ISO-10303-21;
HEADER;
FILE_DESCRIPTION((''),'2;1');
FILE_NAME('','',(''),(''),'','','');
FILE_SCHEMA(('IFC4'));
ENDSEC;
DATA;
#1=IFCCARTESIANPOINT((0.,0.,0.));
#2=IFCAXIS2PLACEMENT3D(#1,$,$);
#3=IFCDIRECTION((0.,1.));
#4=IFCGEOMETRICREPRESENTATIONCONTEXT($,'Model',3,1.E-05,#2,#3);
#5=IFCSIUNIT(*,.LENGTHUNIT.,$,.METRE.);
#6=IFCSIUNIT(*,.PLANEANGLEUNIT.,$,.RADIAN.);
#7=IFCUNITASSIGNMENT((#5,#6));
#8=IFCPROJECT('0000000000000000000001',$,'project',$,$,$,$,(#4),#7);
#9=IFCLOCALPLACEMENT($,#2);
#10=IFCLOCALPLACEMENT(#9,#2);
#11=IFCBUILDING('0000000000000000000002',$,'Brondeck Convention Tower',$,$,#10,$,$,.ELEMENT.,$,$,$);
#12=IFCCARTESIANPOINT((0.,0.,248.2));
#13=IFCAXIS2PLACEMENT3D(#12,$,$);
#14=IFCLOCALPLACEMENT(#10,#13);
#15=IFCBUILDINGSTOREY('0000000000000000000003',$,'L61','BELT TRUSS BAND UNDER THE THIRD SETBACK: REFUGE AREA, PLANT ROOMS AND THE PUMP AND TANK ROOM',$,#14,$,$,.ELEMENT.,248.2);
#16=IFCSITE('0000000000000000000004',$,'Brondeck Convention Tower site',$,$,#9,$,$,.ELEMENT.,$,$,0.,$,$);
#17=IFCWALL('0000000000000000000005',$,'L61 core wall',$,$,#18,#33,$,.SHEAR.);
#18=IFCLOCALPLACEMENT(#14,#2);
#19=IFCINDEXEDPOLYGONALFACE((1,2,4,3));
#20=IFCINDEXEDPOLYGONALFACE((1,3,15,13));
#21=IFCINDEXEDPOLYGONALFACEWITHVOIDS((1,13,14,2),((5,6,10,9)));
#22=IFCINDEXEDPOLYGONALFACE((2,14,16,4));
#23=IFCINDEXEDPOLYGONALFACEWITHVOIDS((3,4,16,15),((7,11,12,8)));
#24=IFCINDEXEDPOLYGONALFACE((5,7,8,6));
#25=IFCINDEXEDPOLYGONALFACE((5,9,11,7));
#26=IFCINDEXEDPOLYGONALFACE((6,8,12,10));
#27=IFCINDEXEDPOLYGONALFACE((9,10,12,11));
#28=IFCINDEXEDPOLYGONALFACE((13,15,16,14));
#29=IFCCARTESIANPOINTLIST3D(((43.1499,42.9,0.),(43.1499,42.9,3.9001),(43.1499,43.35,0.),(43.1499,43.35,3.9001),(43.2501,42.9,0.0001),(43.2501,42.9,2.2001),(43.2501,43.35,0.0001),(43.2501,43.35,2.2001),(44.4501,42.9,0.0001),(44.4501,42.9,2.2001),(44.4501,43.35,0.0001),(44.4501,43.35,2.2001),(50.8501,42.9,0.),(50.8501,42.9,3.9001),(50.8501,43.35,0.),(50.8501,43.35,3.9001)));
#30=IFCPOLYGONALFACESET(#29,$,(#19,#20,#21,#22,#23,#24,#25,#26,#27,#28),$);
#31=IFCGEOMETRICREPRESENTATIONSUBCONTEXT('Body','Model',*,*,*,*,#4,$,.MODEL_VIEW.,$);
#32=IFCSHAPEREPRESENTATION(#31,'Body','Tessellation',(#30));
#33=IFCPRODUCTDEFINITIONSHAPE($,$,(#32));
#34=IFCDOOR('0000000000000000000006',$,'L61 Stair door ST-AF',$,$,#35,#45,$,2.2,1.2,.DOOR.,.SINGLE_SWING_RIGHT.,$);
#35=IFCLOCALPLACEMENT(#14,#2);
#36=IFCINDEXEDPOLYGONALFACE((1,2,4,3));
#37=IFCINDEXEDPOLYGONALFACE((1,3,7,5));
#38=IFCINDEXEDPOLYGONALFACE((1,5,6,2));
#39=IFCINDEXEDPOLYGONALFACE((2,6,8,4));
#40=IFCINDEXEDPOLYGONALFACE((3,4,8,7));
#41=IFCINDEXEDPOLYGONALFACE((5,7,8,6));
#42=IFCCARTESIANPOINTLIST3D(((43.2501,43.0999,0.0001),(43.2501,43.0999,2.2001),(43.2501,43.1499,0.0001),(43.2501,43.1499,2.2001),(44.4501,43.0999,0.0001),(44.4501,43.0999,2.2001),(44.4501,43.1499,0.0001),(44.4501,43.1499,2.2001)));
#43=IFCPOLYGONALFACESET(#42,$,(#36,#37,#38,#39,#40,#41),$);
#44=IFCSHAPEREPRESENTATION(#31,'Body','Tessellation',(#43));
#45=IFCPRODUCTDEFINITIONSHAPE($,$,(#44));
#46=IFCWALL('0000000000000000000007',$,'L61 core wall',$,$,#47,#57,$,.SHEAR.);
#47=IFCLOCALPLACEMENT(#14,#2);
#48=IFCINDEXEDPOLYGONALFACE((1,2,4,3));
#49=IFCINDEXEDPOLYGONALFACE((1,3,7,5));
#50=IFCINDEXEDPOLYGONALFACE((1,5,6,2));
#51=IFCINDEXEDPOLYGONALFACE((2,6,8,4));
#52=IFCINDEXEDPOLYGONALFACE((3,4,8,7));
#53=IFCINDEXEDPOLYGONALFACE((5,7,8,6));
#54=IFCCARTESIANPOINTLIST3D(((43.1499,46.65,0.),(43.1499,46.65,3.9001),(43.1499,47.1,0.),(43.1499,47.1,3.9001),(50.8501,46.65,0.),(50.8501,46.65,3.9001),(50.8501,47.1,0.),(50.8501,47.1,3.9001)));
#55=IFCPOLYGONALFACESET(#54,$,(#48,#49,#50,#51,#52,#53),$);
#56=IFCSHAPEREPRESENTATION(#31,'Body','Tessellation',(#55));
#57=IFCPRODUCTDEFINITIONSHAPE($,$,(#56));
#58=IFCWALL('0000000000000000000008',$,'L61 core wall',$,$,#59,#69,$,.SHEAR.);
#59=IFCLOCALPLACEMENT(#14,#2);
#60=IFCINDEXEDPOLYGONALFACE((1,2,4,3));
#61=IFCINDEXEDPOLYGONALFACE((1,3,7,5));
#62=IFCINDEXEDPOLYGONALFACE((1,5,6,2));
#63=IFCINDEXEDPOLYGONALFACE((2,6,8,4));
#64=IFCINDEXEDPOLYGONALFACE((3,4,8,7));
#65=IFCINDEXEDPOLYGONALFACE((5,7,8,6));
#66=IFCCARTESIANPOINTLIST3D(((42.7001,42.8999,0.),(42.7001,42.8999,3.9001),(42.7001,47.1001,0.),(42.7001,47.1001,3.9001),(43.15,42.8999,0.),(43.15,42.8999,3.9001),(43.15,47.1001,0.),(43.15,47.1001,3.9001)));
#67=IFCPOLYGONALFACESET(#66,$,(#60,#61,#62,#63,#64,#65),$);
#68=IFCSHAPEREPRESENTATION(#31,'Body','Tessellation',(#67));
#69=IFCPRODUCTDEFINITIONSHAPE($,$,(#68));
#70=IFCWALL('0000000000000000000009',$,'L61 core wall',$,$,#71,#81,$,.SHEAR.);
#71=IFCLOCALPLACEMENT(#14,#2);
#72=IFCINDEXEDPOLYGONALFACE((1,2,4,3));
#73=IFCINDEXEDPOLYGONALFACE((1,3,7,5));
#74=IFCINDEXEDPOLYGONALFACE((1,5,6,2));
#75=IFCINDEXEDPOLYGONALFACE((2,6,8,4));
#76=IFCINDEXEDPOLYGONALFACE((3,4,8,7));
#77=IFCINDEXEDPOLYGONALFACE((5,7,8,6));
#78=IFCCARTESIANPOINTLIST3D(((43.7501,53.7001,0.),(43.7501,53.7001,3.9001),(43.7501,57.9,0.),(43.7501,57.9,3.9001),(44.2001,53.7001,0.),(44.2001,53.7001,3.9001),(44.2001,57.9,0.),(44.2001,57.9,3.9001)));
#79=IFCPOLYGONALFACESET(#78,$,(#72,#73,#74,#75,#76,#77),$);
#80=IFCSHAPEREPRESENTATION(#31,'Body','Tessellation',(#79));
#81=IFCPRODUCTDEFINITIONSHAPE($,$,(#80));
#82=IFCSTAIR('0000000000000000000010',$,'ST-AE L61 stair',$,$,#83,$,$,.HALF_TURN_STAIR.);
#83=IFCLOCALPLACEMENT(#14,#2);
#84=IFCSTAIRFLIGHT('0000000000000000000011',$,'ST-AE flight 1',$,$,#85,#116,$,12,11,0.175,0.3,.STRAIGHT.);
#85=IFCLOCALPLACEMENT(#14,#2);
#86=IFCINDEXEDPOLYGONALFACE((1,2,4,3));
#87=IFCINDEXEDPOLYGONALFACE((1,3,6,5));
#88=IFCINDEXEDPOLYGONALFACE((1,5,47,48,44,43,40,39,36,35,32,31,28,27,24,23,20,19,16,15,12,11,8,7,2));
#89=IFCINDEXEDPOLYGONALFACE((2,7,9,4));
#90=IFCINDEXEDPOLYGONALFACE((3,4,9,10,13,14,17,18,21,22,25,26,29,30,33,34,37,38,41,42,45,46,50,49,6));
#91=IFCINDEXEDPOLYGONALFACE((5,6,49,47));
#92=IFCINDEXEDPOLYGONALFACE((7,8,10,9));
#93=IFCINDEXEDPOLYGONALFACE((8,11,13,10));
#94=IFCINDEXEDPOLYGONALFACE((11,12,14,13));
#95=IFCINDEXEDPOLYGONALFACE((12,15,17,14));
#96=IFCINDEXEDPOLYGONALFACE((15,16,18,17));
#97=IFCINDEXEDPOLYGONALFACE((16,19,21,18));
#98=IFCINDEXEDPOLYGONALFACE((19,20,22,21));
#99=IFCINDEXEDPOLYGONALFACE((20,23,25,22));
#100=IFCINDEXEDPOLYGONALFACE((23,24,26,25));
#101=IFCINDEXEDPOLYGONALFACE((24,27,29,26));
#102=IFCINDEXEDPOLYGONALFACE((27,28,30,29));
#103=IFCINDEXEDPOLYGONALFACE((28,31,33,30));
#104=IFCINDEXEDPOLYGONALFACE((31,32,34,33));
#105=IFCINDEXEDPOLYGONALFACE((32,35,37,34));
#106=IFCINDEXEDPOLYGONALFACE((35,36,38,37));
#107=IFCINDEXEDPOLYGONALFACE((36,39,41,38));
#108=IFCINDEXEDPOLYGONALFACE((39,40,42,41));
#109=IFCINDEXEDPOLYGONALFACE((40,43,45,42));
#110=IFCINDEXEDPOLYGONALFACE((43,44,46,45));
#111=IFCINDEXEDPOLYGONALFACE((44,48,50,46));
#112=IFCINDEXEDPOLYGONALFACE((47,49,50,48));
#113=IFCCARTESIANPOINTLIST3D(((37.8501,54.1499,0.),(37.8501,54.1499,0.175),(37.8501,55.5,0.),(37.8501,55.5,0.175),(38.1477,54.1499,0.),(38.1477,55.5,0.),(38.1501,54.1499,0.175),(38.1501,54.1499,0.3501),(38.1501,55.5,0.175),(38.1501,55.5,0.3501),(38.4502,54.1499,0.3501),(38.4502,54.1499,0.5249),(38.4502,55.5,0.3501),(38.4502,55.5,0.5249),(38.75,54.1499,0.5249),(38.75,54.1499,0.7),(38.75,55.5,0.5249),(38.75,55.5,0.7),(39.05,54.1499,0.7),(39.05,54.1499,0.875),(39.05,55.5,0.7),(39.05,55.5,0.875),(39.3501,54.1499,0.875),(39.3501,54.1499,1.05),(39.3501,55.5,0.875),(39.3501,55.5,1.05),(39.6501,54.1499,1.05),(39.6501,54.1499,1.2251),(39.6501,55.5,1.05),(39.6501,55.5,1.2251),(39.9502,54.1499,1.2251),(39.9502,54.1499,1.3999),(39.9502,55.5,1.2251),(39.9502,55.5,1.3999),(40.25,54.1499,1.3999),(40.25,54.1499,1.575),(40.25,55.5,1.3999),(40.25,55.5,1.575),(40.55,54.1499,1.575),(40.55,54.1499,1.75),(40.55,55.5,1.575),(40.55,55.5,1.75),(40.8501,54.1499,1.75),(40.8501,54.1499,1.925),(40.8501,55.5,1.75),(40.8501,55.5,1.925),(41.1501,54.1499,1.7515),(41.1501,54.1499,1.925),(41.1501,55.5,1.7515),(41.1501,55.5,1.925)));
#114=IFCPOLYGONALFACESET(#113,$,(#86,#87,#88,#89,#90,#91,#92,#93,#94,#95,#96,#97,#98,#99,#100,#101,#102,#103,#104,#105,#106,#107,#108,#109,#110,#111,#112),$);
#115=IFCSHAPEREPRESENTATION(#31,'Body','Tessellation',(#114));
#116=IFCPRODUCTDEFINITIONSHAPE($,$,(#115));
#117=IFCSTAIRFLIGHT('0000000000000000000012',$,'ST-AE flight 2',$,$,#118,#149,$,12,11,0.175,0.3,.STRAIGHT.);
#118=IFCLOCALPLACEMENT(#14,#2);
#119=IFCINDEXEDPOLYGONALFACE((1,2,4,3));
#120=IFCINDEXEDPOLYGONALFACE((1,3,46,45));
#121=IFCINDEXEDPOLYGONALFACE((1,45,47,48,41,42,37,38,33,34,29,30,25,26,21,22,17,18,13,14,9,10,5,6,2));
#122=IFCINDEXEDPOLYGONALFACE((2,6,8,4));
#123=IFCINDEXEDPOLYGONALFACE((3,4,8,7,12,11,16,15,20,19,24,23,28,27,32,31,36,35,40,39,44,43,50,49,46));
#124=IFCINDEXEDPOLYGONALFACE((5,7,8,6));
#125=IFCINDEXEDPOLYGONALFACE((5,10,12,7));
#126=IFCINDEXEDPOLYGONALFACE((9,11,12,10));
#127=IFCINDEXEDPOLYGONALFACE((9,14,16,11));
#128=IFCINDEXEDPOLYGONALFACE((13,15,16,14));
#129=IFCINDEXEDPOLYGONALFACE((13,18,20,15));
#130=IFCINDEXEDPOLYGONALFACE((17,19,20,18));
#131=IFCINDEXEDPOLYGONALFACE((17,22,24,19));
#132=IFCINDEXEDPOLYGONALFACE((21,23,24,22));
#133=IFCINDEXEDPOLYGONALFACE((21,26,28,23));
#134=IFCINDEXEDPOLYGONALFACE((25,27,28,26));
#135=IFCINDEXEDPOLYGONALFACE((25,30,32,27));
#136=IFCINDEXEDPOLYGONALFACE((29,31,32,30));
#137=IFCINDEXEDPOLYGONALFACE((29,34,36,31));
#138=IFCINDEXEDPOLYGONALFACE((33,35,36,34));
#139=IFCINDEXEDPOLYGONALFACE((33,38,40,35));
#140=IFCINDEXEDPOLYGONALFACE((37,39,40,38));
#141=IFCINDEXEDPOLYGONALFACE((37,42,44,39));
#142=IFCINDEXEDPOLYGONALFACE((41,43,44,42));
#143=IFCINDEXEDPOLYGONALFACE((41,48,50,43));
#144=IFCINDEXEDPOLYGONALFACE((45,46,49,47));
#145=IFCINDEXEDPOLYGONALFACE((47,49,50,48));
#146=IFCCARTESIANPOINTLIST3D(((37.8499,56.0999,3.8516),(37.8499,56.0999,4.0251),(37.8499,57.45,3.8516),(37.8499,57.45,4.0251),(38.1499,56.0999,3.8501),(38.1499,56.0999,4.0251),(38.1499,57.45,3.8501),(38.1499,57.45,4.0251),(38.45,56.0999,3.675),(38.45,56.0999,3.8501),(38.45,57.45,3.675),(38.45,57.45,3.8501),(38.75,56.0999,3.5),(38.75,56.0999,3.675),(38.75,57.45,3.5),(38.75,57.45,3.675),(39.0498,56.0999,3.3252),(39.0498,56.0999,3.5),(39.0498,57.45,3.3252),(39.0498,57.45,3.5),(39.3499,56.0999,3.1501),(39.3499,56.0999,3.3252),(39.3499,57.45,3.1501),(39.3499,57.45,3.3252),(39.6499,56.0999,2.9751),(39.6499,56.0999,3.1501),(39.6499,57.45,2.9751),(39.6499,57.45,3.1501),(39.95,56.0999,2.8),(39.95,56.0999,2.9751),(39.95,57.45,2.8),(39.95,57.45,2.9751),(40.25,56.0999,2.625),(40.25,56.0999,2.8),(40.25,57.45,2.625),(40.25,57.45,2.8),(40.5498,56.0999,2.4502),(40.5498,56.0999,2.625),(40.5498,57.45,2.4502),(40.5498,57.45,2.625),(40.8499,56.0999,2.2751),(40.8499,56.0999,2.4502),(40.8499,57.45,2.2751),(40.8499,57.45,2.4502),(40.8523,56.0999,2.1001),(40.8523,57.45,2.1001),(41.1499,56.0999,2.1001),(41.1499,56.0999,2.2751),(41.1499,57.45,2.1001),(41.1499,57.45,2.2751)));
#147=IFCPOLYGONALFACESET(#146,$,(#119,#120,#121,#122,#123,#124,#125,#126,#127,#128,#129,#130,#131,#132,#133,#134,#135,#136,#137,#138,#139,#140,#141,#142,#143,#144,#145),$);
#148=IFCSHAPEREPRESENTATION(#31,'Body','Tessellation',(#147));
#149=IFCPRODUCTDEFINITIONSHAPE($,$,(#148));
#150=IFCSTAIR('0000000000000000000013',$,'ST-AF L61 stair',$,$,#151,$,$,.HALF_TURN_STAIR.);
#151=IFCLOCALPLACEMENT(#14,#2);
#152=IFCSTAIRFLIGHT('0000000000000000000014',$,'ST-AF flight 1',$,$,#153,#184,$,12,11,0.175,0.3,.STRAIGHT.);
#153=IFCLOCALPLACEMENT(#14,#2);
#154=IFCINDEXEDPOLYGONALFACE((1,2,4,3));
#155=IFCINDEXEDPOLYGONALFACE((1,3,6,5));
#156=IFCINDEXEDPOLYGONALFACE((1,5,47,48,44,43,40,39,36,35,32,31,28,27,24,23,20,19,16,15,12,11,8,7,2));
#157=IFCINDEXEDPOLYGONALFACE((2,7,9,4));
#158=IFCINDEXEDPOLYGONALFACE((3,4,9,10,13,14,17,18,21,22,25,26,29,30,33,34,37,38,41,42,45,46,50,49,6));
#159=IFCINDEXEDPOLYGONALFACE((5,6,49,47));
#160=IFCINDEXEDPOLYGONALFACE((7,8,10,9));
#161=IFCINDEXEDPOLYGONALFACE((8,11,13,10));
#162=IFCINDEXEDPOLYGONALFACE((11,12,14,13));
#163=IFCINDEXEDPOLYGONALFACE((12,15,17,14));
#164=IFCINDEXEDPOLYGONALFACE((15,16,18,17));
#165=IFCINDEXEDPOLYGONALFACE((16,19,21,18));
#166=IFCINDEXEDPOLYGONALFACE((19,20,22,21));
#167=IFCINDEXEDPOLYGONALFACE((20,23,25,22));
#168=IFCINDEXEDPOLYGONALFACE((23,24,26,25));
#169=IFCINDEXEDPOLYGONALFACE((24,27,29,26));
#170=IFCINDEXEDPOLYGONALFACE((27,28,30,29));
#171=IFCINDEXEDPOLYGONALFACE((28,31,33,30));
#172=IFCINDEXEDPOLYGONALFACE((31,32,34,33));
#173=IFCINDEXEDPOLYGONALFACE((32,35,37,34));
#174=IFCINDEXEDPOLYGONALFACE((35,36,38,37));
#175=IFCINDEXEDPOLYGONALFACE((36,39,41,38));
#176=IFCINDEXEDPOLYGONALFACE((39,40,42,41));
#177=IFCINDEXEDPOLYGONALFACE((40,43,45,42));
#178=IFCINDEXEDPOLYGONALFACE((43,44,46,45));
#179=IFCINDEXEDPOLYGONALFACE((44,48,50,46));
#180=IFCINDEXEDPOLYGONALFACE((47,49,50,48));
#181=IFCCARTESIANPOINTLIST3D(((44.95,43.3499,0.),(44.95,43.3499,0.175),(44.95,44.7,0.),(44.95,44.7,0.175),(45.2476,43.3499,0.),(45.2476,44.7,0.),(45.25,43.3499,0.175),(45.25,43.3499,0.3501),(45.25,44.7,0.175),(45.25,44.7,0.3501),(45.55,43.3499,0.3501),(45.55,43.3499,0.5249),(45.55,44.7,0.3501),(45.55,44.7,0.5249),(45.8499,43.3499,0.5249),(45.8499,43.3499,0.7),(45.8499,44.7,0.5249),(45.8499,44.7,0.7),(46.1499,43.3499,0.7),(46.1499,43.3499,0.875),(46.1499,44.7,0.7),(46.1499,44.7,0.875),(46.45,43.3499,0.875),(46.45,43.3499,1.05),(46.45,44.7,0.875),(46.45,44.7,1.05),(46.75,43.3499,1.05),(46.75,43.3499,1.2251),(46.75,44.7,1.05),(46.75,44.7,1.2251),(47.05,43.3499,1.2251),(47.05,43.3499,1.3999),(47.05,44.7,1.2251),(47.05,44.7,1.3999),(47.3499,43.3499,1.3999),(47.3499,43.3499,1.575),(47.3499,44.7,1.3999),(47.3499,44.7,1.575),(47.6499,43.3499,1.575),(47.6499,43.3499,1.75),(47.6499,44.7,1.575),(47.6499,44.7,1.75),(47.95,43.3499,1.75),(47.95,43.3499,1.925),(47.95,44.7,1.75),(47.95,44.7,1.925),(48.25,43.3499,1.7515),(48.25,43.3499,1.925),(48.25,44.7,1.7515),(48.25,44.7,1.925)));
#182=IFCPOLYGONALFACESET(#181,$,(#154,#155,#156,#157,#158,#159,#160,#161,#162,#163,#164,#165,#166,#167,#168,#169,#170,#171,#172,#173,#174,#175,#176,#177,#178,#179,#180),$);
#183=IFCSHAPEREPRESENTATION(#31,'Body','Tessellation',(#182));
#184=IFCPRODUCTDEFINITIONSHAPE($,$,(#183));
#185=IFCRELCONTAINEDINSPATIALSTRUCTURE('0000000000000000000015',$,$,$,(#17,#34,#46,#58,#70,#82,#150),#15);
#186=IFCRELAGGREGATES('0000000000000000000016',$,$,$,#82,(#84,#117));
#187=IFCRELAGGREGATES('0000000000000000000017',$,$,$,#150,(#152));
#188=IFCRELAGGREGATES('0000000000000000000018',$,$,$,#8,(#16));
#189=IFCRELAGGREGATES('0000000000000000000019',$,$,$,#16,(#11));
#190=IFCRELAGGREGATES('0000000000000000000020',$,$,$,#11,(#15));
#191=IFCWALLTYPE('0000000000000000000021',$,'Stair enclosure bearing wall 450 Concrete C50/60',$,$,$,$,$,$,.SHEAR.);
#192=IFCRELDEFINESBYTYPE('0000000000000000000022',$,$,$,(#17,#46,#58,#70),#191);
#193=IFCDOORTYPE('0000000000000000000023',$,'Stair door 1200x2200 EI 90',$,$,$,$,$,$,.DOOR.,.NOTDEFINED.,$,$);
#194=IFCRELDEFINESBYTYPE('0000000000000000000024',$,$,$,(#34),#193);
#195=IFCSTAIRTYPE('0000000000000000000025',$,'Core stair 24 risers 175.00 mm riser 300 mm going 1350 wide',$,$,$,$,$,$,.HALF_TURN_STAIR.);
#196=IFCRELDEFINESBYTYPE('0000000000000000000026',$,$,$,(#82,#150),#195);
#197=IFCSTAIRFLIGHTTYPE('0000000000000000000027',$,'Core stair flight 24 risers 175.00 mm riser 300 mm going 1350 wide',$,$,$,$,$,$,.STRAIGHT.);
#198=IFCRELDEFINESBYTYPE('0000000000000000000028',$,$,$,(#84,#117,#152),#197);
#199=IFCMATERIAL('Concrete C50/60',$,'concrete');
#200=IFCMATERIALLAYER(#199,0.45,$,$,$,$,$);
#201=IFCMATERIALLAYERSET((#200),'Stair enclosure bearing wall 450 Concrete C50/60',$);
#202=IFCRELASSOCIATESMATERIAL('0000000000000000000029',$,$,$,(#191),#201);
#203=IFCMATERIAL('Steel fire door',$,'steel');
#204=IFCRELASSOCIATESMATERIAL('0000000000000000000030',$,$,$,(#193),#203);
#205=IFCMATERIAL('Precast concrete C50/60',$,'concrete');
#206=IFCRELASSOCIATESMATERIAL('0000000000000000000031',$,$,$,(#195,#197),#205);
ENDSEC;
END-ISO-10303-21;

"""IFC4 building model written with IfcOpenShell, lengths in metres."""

from ifc_helpers import new_model, si_unit, direction, frame, frame_2d, origin, place, context, subcontext, project, spatial, polyline, rectangle, outline, extrude, material, layer, layer_set, type_object, element, fill, aggregate, save


model = new_model("IFC4")

# Units and contexts
model_context = context("Model", 3, precision=1e-05, world=origin(), true_north=direction((0.0, 1.0)))
body_context = subcontext(model_context, "Body", "Model", "MODEL_VIEW")
ifc_project = project(units=[si_unit("LENGTHUNIT", "METRE"), si_unit("PLANEANGLEUNIT", "RADIAN")], contexts=[model_context])

# Site, building, storey
site_placement = place(None, origin())
site = spatial("IfcSite", under=ifc_project, at=site_placement, Name="Brondeck Convention Tower site", CompositionType="ELEMENT", RefElevation=0.0)
building_placement = place(site_placement, origin())
building = spatial("IfcBuilding", under=site, at=building_placement, Name="Brondeck Convention Tower", CompositionType="ELEMENT")
storey_placement = place(building_placement, frame((0.0, 0.0, 248.2)))
storey = spatial("IfcBuildingStorey", under=building, at=storey_placement, Name="L61", Description="BELT TRUSS BAND UNDER THE THIRD SETBACK: REFUGE AREA, PLANT ROOMS AND THE PUMP AND TANK ROOM", CompositionType="ELEMENT", Elevation=248.2)

# Shared definitions
ifc_material_1 = material(Name="Concrete C50/60", Category="concrete")

# Wall, opening, door
ifc_layer_1 = layer(ifc_material_1, 0.45)
ifc_layer_set_1 = layer_set([ifc_layer_1], Name="Stair enclosure bearing wall 450 Concrete C50/60")
wall_type_1 = type_object("IfcWallType", Name="Stair enclosure bearing wall 450 Concrete C50/60", PredefinedType="SHEAR", material=ifc_layer_set_1)
wall_1_placement = place(storey_placement, frame((43.1499, 43.125, 0.0), z_axis=(0.0, 0.0, 1.0), x_axis=(1.0, 0.0, 0.0)))
wall_1 = element("IfcWall", 1, at=wall_1_placement, inside=storey, type_object=wall_type_1, Name="L61 core wall", PredefinedType="SHEAR", context=body_context, shape_type="SweptSolid", body=[
    extrude(rectangle(XDim=7.7002, YDim=0.45, at=frame_2d((3.8501, 0.0))), origin(), (0.0, 0.0, 1.0), 3.9001),
])
opening_placement = place(wall_1_placement, frame((0.1001, 0.0, 0.0)))
opening = element("IfcOpeningElement", 2, at=opening_placement, cuts=wall_1, PredefinedType="OPENING", context=body_context, shape_type="SweptSolid", body=[
    extrude(rectangle(XDim=1.2, YDim=2.2, at=frame_2d((0.6001, 1.1001))), frame((0.0, 0.2349, 0.0), z_axis=(0.0, -1.0, 0.0), x_axis=(1.0, 0.0, 0.0)), (0.0, 0.0, 1.0), 0.47),
])
ifc_material_2 = material(Name="Steel fire door", Category="steel")
door_type = type_object("IfcDoorType", Name="Stair door 1200x2200 EI 90", OperationType="NOTDEFINED", PredefinedType="DOOR", material=ifc_material_2)
door_placement = place(opening_placement, origin())
door = element("IfcDoor", 3, at=door_placement, inside=storey, type_object=door_type, Name="L61 Stair door ST-AF", OperationType="SINGLE_SWING_RIGHT", OverallHeight=2.2, OverallWidth=1.2, PredefinedType="DOOR", context=body_context, shape_type="SweptSolid", body=[
    extrude(rectangle(XDim=1.2, YDim=2.2, at=frame_2d((0.6001, 1.1001))), frame((0.0, 0.0249, 0.0), z_axis=(0.0, -1.0, 0.0), x_axis=(1.0, 0.0, 0.0)), (0.0, 0.0, 1.0), 0.05),
])
fill(opening, door)

# Walls
wall_2_placement = place(storey_placement, frame((43.1499, 46.875, 0.0), z_axis=(0.0, 0.0, 1.0), x_axis=(1.0, 0.0, 0.0)))
element("IfcWall", 4, at=wall_2_placement, inside=storey, type_object=wall_type_1, Name="L61 core wall", PredefinedType="SHEAR", context=body_context, shape_type="SweptSolid", body=[
    extrude(rectangle(XDim=7.7002, YDim=0.45, at=frame_2d((3.8501, 0.0))), origin(), (0.0, 0.0, 1.0), 3.9001),
])
wall_3_placement = place(storey_placement, frame((42.925, 42.8999, 0.0), z_axis=(0.0, 0.0, 1.0), x_axis=(0.0, 1.0, 0.0)))
element("IfcWall", 5, at=wall_3_placement, inside=storey, type_object=wall_type_1, Name="L61 core wall", PredefinedType="SHEAR", context=body_context, shape_type="SweptSolid", body=[
    extrude(rectangle(XDim=4.2002, YDim=0.45, at=frame_2d((2.1001, 0.0))), origin(), (0.0, 0.0, 1.0), 3.9001),
])
wall_4_placement = place(storey_placement, frame((43.9751, 53.7, 0.0), z_axis=(0.0, 0.0, 1.0), x_axis=(0.0, 1.0, 0.0)))
element("IfcWall", 6, at=wall_4_placement, inside=storey, type_object=wall_type_1, Name="L61 core wall", PredefinedType="SHEAR", context=body_context, shape_type="SweptSolid", body=[
    extrude(rectangle(XDim=4.2, YDim=0.45, at=frame_2d((2.1001, 0.0))), origin(), (0.0, 0.0, 1.0), 3.9001),
])

# Stair, stair flights
ifc_material_3 = material(Name="Precast concrete C50/60", Category="concrete")
stair_type = type_object("IfcStairType", Name="Core stair 24 risers 175.00 mm riser 300 mm going 1350 wide", PredefinedType="HALF_TURN_STAIR", material=ifc_material_3)
stair_1_placement = place(storey_placement, origin())
stair_1 = element("IfcStair", 7, at=stair_1_placement, inside=storey, type_object=stair_type, Name="ST-AE L61 stair", PredefinedType="HALF_TURN_STAIR")
stair_flight_type = type_object("IfcStairFlightType", Name="Core stair flight 24 risers 175.00 mm riser 300 mm going 1350 wide", PredefinedType="STRAIGHT", material=ifc_material_3)
stair_flight_1_placement = place(storey_placement, frame((37.8501, 54.825, 0.0), z_axis=(0.0, 0.0, 1.0), x_axis=(1.0, 0.0, 0.0)))
stair_flight_1 = element("IfcStairFlight", 8, at=stair_flight_1_placement, type_object=stair_flight_type, Name="ST-AE flight 1", NumberOfRisers=12, NumberOfTreads=11, PredefinedType="STRAIGHT", RiserHeight=0.175, TreadLength=0.3, context=body_context, shape_type="SweptSolid", body=[
    extrude(outline(polyline([(0.0, 0.0), (0.0, 0.175), (0.3, 0.175), (0.3, 0.3501), (0.6001, 0.3501), (0.6001, 0.5249), (0.8999, 0.5249), (0.8999, 0.7), (1.2, 0.7), (1.2, 0.875), (1.5, 0.875), (1.5, 1.05), (1.8, 1.05), (1.8, 1.2251), (2.1001, 1.2251), (2.1001, 1.3999), (2.3999, 1.3999), (2.3999, 1.575), (2.7, 1.575), (2.7, 1.75), (3.0, 1.75), (3.0, 1.925), (3.3, 1.925), (3.3, 2.1001), (3.3, 1.7515), (0.2976, 0.0), (0.0, 0.0)])), frame((0.0, 0.675, 0.0), z_axis=(0.0, -1.0, 0.0), x_axis=(1.0, 0.0, 0.0)), (0.0, 0.0, 1.0), 1.3501),
])
stair_flight_2_placement = place(storey_placement, frame((41.1499, 56.7749, 2.1001), z_axis=(0.0, 0.0, 1.0), x_axis=(-1.0, 0.0, 0.0)))
stair_flight_2 = element("IfcStairFlight", 9, at=stair_flight_2_placement, type_object=stair_flight_type, Name="ST-AE flight 2", NumberOfRisers=12, NumberOfTreads=11, PredefinedType="STRAIGHT", RiserHeight=0.175, TreadLength=0.3, context=body_context, shape_type="SweptSolid", body=[
    extrude(outline(polyline([(0.0, 0.0), (0.0, 0.175), (0.3, 0.175), (0.3, 0.3501), (0.6001, 0.3501), (0.6001, 0.5249), (0.8999, 0.5249), (0.8999, 0.7), (1.2, 0.7), (1.2, 0.875), (1.5, 0.875), (1.5, 1.05), (1.8, 1.05), (1.8, 1.2251), (2.1001, 1.2251), (2.1001, 1.3999), (2.3999, 1.3999), (2.3999, 1.575), (2.7, 1.575), (2.7, 1.75), (3.0, 1.75), (3.0, 1.925), (3.3, 1.925), (3.3, 2.1001), (3.3, 1.7515), (0.2976, 0.0), (0.0, 0.0)])), frame((0.0, 0.675, 0.0), z_axis=(0.0, -1.0, 0.0), x_axis=(1.0, 0.0, 0.0)), (0.0, 0.0, 1.0), 1.3501),
])
aggregate(stair_1, [stair_flight_1, stair_flight_2])

# Stair, stair flight
stair_2_placement = place(storey_placement, origin())
stair_2 = element("IfcStair", 10, at=stair_2_placement, inside=storey, type_object=stair_type, Name="ST-AF L61 stair", PredefinedType="HALF_TURN_STAIR")
stair_flight_3_placement = place(storey_placement, frame((44.95, 44.0249, 0.0), z_axis=(0.0, 0.0, 1.0), x_axis=(1.0, 0.0, 0.0)))
stair_flight_3 = element("IfcStairFlight", 11, at=stair_flight_3_placement, type_object=stair_flight_type, Name="ST-AF flight 1", NumberOfRisers=12, NumberOfTreads=11, PredefinedType="STRAIGHT", RiserHeight=0.175, TreadLength=0.3, context=body_context, shape_type="SweptSolid", body=[
    extrude(outline(polyline([(0.0, 0.0), (0.0, 0.175), (0.3, 0.175), (0.3, 0.3501), (0.6001, 0.3501), (0.6001, 0.5249), (0.8999, 0.5249), (0.8999, 0.7), (1.2, 0.7), (1.2, 0.875), (1.5, 0.875), (1.5, 1.05), (1.8, 1.05), (1.8, 1.2251), (2.1001, 1.2251), (2.1001, 1.3999), (2.3999, 1.3999), (2.3999, 1.575), (2.7, 1.575), (2.7, 1.75), (3.0, 1.75), (3.0, 1.925), (3.3, 1.925), (3.3, 2.1001), (3.3, 1.7515), (0.2976, 0.0), (0.0, 0.0)])), frame((0.0, 0.675, 0.0), z_axis=(0.0, -1.0, 0.0), x_axis=(1.0, 0.0, 0.0)), (0.0, 0.0, 1.0), 1.3501),
])
aggregate(stair_2, [stair_flight_3])

save(model, "model.ifc")
